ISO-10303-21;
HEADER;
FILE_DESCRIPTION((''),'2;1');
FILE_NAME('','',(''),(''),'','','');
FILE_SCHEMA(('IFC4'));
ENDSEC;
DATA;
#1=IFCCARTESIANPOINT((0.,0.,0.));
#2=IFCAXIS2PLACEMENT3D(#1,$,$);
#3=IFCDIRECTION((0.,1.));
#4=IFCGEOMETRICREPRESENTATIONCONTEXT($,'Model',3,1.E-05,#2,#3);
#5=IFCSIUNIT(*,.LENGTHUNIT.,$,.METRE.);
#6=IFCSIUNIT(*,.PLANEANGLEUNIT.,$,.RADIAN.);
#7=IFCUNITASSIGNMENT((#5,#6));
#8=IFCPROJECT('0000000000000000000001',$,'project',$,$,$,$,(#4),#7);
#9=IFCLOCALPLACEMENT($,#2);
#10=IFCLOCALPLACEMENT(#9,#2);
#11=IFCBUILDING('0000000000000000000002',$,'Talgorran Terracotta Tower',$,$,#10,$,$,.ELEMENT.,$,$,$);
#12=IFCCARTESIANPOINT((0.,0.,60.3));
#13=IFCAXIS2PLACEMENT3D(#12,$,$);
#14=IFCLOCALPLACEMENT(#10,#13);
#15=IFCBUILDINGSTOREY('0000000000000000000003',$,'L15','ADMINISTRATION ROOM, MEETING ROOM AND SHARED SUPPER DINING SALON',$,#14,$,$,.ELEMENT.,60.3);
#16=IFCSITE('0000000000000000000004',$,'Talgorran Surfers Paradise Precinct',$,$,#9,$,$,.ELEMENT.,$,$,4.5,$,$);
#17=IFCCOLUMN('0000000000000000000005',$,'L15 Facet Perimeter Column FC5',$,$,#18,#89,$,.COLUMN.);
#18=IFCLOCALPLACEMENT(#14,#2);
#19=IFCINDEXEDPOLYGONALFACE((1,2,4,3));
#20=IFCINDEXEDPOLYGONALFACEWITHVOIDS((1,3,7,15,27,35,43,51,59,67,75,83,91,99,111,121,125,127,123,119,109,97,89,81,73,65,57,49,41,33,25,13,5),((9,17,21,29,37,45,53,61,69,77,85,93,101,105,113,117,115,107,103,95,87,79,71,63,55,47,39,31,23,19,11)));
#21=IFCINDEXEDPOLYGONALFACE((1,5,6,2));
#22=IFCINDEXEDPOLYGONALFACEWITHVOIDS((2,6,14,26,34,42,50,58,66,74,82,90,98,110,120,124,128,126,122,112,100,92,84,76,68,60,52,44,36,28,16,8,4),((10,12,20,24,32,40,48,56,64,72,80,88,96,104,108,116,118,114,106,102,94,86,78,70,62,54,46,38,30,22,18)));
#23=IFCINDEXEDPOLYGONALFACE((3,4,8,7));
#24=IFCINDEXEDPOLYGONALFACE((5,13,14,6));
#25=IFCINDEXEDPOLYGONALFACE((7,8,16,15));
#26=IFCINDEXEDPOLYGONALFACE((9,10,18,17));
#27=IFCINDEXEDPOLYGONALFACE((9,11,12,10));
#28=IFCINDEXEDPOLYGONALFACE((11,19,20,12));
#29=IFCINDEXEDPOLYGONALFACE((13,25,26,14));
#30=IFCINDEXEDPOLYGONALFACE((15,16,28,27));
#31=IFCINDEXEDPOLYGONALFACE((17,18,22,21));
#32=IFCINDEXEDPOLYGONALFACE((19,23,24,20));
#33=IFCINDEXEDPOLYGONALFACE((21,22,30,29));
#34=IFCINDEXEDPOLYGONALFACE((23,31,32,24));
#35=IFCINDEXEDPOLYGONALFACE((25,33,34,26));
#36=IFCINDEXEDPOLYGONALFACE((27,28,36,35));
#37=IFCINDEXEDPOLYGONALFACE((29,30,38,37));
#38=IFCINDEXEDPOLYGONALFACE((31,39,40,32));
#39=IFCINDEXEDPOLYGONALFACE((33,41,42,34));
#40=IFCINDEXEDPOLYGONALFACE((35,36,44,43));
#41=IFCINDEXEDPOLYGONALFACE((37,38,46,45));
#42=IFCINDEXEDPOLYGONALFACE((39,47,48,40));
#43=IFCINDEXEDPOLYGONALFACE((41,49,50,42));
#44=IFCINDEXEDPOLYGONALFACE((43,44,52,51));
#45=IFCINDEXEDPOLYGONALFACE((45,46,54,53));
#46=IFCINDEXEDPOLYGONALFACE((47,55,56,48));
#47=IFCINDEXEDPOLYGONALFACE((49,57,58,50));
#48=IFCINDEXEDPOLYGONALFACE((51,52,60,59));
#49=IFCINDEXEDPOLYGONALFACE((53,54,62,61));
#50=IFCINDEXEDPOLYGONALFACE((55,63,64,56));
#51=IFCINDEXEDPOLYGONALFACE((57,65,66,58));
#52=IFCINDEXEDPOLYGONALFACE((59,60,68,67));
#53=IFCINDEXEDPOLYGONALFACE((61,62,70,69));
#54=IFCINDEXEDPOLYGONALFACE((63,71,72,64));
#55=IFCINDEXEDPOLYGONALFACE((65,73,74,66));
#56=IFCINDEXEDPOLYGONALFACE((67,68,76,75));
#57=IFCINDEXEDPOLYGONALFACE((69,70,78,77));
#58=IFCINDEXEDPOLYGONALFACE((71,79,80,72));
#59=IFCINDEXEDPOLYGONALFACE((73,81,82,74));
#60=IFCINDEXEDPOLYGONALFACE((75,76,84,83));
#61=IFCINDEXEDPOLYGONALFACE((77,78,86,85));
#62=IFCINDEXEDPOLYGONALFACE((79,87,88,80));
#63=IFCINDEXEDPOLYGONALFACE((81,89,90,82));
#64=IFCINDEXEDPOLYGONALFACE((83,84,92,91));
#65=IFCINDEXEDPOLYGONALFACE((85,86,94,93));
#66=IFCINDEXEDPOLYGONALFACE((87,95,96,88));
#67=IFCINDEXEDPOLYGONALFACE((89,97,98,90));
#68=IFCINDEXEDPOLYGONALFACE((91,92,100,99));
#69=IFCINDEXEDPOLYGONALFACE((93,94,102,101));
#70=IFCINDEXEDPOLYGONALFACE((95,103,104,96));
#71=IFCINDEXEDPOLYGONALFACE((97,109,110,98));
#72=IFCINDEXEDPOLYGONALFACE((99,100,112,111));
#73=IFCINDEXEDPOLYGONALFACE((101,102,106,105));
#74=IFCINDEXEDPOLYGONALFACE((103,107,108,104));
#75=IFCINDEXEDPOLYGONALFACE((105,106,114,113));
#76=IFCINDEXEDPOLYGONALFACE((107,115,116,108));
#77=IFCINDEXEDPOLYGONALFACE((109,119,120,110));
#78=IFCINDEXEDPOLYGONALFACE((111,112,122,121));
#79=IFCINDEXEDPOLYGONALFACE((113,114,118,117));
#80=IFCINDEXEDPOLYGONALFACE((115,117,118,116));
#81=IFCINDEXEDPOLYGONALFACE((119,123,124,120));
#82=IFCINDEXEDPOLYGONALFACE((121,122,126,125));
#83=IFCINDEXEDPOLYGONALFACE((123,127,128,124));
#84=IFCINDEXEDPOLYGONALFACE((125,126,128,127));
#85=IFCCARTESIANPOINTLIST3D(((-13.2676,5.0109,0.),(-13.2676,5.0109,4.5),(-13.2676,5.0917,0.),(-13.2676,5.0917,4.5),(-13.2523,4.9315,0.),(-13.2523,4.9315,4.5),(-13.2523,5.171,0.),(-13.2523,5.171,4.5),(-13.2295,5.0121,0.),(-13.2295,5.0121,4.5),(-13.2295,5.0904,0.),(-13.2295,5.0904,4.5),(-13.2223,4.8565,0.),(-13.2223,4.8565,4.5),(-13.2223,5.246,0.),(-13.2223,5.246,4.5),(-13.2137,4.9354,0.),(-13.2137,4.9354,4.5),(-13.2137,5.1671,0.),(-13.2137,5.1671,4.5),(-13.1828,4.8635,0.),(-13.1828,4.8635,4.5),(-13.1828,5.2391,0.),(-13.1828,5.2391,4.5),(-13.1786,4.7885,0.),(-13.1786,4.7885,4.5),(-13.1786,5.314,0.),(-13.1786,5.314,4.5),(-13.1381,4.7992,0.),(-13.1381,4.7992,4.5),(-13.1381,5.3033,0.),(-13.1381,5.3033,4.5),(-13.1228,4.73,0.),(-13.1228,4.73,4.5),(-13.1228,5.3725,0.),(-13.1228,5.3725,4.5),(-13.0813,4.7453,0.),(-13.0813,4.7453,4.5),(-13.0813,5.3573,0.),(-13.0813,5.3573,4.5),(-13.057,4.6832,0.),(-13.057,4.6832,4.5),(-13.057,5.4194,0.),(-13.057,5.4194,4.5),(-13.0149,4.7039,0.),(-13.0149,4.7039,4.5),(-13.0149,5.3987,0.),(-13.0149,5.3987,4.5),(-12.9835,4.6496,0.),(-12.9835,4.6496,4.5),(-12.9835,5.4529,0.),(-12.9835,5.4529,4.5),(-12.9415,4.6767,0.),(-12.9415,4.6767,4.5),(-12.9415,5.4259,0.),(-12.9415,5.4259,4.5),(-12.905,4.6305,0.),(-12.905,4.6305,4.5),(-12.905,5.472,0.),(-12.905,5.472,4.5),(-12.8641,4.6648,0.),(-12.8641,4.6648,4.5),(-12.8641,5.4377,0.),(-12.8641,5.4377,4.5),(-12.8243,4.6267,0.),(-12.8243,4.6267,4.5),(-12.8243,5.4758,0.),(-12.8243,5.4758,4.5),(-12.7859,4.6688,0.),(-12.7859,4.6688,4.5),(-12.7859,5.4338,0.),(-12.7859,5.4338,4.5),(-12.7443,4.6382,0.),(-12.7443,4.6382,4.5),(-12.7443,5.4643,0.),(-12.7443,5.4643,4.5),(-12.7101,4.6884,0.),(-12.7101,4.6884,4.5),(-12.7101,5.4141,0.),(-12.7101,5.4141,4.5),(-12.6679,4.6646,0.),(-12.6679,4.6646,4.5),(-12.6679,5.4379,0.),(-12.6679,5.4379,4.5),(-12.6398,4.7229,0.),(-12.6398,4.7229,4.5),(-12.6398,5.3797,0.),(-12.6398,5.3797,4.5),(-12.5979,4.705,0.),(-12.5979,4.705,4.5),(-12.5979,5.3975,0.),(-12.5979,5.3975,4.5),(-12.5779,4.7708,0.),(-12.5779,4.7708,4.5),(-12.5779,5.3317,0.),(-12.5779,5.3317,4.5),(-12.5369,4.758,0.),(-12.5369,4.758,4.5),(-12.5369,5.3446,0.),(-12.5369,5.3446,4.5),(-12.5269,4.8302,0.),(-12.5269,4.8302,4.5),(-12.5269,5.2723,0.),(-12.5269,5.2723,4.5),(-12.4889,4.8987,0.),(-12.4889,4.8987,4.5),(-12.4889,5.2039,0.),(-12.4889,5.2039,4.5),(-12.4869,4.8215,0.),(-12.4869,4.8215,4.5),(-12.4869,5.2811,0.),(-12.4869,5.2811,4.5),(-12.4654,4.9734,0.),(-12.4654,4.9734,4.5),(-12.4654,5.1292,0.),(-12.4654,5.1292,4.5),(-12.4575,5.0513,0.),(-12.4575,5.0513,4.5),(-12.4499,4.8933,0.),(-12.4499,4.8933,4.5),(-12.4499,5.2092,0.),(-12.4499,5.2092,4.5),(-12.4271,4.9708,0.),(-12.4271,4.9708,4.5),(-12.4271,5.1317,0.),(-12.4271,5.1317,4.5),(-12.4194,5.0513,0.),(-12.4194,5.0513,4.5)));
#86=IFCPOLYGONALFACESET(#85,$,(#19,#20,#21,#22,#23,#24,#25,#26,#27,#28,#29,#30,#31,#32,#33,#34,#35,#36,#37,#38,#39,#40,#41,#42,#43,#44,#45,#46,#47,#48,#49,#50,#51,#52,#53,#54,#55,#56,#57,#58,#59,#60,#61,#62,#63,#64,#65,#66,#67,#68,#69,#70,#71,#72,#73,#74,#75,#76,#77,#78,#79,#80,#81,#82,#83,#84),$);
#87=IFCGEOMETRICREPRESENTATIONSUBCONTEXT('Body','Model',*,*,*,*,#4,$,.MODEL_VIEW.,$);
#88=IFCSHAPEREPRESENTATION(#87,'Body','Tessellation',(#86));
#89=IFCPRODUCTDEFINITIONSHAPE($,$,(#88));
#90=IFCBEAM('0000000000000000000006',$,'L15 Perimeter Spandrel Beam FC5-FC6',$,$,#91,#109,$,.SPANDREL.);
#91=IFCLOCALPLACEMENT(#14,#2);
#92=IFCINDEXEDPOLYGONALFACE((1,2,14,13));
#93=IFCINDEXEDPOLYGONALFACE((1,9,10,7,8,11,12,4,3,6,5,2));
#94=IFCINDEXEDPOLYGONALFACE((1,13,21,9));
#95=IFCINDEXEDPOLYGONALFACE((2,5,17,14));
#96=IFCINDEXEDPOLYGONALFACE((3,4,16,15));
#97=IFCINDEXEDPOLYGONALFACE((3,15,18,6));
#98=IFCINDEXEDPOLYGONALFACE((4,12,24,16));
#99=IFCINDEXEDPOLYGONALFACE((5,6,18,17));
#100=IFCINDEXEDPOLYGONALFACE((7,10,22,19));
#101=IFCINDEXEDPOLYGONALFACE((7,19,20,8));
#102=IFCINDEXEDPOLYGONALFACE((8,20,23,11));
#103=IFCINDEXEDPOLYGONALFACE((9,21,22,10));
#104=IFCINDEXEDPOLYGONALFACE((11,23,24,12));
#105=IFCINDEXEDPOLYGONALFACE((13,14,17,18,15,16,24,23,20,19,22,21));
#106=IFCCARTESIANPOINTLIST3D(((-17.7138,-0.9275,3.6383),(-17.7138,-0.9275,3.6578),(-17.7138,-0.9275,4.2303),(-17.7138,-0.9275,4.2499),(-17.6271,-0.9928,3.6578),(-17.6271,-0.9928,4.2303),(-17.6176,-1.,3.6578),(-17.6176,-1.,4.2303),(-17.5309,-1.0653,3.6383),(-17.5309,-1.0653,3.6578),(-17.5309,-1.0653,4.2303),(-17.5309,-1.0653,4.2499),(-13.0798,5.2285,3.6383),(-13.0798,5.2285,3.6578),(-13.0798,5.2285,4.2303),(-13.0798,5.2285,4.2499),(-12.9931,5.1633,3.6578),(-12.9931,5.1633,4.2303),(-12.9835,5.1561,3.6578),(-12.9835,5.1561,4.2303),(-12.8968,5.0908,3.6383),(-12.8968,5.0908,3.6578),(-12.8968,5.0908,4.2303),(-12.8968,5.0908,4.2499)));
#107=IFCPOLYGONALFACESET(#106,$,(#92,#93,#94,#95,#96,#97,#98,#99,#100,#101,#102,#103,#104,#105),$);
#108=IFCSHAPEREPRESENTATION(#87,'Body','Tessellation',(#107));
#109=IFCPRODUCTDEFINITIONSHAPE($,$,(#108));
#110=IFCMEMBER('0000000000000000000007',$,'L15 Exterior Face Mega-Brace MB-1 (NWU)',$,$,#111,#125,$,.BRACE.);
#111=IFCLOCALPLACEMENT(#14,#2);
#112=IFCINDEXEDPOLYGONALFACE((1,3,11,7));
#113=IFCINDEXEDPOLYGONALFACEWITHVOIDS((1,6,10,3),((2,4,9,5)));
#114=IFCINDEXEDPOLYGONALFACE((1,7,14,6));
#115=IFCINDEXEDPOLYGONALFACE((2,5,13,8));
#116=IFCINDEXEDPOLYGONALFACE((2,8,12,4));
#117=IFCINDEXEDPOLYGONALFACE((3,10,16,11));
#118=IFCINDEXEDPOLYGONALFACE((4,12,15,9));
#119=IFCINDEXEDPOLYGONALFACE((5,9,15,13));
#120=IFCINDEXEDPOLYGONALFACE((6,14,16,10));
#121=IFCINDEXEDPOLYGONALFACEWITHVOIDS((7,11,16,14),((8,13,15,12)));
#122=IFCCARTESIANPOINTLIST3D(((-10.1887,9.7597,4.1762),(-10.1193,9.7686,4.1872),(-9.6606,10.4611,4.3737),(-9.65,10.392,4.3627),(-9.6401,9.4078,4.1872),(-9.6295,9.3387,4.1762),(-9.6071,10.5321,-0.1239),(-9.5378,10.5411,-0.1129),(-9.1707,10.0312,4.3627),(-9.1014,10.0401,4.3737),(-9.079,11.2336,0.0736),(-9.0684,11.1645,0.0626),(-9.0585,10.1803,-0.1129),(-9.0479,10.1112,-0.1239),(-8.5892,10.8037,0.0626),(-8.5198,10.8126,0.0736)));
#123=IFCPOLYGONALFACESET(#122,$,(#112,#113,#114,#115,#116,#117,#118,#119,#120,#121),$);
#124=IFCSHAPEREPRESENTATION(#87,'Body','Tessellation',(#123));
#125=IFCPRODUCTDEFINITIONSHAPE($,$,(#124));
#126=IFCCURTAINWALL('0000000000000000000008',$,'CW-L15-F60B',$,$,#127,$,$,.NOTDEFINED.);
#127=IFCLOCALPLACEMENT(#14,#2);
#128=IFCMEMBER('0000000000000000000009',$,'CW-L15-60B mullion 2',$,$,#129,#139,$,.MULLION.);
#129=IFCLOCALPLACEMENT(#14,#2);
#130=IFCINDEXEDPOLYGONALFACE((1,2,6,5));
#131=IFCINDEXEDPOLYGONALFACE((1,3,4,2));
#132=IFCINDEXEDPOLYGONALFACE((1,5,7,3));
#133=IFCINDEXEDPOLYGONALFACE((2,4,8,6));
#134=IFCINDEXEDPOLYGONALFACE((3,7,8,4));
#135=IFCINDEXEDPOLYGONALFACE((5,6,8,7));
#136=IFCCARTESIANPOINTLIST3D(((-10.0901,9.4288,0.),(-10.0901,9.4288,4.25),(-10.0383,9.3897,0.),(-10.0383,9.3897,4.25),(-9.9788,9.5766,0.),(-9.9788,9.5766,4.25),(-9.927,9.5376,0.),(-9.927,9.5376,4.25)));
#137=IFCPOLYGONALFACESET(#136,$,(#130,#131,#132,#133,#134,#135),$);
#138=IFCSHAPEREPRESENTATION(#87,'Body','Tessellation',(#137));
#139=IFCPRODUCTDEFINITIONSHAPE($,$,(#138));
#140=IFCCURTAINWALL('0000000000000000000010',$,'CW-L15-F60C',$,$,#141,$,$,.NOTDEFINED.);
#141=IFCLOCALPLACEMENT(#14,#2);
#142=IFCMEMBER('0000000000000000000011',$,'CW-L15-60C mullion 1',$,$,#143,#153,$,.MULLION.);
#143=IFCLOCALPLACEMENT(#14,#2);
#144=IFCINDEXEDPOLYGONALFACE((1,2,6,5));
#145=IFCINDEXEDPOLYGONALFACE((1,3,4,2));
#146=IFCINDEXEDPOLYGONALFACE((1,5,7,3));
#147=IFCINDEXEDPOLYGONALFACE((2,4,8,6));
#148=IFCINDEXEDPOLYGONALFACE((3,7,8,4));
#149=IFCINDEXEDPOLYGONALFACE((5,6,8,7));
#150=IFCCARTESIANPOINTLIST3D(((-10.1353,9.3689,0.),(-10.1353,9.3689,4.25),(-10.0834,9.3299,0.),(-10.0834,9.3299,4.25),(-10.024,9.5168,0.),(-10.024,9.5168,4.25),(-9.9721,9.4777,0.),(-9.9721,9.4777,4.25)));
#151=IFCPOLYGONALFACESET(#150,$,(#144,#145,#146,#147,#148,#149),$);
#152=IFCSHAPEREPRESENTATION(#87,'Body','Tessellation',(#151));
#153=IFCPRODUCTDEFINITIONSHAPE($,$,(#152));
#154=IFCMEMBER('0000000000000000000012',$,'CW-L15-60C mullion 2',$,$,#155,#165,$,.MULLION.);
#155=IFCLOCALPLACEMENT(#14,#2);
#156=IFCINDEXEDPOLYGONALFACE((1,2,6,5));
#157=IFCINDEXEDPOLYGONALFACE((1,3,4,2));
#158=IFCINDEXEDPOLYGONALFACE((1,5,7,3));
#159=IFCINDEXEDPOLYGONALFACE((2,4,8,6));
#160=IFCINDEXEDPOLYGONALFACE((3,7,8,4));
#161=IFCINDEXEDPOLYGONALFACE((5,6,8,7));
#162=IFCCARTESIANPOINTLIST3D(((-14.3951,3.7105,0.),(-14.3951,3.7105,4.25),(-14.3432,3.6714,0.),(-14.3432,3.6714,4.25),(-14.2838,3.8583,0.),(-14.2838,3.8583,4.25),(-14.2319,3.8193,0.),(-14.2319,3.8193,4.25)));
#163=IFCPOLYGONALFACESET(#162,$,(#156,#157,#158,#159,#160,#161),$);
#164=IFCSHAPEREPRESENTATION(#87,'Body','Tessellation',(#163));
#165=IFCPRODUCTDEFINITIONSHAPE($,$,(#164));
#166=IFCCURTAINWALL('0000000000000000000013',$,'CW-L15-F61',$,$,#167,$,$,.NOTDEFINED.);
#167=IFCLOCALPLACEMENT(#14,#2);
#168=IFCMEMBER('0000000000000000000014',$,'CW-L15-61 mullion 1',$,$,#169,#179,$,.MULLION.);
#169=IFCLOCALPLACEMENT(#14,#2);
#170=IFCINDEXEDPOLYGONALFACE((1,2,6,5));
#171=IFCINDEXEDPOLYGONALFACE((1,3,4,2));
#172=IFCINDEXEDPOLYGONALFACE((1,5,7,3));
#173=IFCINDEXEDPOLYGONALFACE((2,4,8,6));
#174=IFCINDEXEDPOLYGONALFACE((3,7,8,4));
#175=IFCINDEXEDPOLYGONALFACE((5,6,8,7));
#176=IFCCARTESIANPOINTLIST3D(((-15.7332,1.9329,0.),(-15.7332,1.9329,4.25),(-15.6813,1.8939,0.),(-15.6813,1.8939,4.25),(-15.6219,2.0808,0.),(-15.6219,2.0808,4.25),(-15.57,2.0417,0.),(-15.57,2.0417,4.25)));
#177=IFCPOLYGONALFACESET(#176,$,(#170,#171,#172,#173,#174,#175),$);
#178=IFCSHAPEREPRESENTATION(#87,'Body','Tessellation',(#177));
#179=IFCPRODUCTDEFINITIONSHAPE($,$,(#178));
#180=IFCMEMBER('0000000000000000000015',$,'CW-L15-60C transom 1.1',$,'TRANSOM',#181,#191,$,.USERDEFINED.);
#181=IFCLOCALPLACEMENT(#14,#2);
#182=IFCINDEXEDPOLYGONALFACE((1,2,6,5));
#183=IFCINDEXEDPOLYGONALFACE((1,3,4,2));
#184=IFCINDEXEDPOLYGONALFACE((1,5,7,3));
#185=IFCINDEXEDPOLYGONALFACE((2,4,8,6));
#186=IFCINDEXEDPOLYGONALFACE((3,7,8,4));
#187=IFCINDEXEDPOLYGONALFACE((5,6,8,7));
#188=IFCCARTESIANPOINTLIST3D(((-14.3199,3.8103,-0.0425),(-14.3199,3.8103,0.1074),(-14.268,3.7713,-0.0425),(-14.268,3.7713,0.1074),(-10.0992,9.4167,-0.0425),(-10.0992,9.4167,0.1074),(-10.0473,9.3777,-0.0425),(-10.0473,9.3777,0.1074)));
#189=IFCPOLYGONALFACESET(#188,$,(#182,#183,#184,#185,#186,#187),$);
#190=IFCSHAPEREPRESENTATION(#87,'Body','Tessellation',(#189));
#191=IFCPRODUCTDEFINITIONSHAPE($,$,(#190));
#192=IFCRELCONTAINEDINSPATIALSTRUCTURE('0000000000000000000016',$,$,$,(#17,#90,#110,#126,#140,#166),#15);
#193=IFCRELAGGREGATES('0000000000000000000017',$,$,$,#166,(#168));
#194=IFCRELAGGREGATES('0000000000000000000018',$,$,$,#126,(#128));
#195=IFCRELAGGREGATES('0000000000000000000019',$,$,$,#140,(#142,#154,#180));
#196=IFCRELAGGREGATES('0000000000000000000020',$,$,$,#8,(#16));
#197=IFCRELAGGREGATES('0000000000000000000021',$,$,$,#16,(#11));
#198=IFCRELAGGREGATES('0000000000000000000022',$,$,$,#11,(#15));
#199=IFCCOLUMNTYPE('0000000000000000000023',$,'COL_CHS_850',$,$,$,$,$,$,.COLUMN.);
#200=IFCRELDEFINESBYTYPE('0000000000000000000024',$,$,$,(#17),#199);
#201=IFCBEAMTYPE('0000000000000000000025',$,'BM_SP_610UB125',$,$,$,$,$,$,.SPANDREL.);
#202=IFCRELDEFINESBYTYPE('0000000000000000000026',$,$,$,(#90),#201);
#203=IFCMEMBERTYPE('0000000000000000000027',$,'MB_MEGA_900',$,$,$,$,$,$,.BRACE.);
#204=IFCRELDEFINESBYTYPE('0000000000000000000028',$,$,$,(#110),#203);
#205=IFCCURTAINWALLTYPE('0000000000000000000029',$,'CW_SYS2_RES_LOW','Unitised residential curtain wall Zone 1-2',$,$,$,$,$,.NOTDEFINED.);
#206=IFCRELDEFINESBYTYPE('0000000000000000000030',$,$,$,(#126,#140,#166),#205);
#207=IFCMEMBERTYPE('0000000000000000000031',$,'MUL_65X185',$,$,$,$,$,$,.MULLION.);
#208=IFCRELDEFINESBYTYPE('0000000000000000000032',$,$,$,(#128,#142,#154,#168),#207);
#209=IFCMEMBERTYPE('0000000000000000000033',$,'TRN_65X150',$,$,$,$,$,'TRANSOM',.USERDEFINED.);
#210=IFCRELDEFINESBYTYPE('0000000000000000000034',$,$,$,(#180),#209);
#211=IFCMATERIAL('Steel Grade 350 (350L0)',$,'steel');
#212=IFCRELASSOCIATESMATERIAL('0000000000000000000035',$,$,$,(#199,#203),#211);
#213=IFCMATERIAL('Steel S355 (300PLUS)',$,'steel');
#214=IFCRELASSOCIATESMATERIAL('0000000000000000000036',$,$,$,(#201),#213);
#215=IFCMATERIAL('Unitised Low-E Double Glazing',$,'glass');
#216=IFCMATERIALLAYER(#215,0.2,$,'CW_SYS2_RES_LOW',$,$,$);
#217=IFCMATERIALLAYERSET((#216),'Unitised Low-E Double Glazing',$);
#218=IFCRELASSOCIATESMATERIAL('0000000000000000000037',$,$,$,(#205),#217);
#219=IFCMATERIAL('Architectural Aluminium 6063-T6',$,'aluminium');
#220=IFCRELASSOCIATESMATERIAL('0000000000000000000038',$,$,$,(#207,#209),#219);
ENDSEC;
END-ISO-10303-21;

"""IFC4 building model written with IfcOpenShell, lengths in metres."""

from ifc_helpers import new_model, si_unit, direction, frame, origin, origin_2d, place, context, subcontext, project, spatial, rectangle, hollow_rectangle, hollow_circle, i_section, extrude, material, layer, layer_set, material_profile, profile_set, type_object, element, aggregate, save


model = new_model("IFC4")

# Units and contexts
model_context = context("Model", 3, precision=1e-05, world=origin(), true_north=direction((0.0, 1.0)))
body_context = subcontext(model_context, "Body", "Model", "MODEL_VIEW")
ifc_project = project(units=[si_unit("LENGTHUNIT", "METRE"), si_unit("PLANEANGLEUNIT", "RADIAN")], contexts=[model_context])

# Site, building, storey
site_placement = place(None, origin())
site = spatial("IfcSite", under=ifc_project, at=site_placement, Name="Talgorran Surfers Paradise Precinct", CompositionType="ELEMENT", RefElevation=4.5)
building_placement = place(site_placement, origin())
building = spatial("IfcBuilding", under=site, at=building_placement, Name="Talgorran Terracotta Tower", CompositionType="ELEMENT")
storey_placement = place(building_placement, frame((0.0, 0.0, 60.3)))
storey = spatial("IfcBuildingStorey", under=building, at=storey_placement, Name="L15", Description="ADMINISTRATION ROOM, MEETING ROOM AND SHARED SUPPER DINING SALON", CompositionType="ELEMENT", Elevation=60.3)

# Column
ifc_material_1 = material(Name="Steel Grade 350 (350L0)", Category="steel")
ifc_material_profile_1 = material_profile(ifc_material_1, hollow_circle(Radius=0.425, WallThickness=0.0381, at=origin_2d()), Name="CHS850X38")
ifc_profile_set_1 = profile_set([ifc_material_profile_1], Name="Steel Grade 350 (350L0)")
column_type = type_object("IfcColumnType", Name="COL_CHS_850", PredefinedType="COLUMN", material=ifc_profile_set_1)
column_placement = place(storey_placement, frame((-12.8445, 5.0513, 0.0), z_axis=(0.0, 0.0, 1.0), x_axis=(1.0, 0.0, 0.0)))
element("IfcColumn", 1, at=column_placement, inside=storey, type_object=column_type, Name="L15 Facet Perimeter Column FC5", PredefinedType="COLUMN", context=body_context, shape_type="SweptSolid", body=[
    extrude(hollow_circle(Radius=0.425, WallThickness=0.0381, at=origin_2d()), origin(), (0.0, 0.0, 1.0), 4.5),
])

# Beam
ifc_material_2 = material(Name="Steel S355 (300PLUS)", Category="steel")
ifc_material_profile_2 = material_profile(ifc_material_2, i_section(OverallWidth=0.229, OverallDepth=0.6116, WebThickness=0.012, FlangeThickness=0.0195, at=origin_2d()), Name="610UB125")
ifc_profile_set_2 = profile_set([ifc_material_profile_2], Name="Steel S355 (300PLUS)")
beam_type = type_object("IfcBeamType", Name="BM_SP_610UB125", PredefinedType="SPANDREL", material=ifc_profile_set_2)
beam_placement = place(storey_placement, frame((-12.9883, 5.1597, 3.9441), z_axis=(-0.601413, -0.798938, 0.0), x_axis=(0.798938, -0.601413, 0.0)))
element("IfcBeam", 2, at=beam_placement, inside=storey, type_object=beam_type, Name="L15 Perimeter Spandrel Beam FC5-FC6", PredefinedType="SPANDREL", context=body_context, shape_type="SweptSolid", body=[
    extrude(i_section(OverallWidth=0.229, OverallDepth=0.6116, WebThickness=0.012, FlangeThickness=0.0195, at=origin_2d()), origin(), (0.0, 0.0, 1.0), 7.7053),
])

# Member
ifc_material_profile_3 = material_profile(ifc_material_1, hollow_rectangle(XDim=0.7, YDim=0.8999, WallThickness=0.05, at=origin_2d()), Name="WBOX900X700X50")
ifc_profile_set_3 = profile_set([ifc_material_profile_3], Name="Steel Grade 350 (350L0)")
member_type_1 = type_object("IfcMemberType", Name="MB_MEGA_900", PredefinedType="BRACE", material=ifc_profile_set_3)
member_1_placement = place(storey_placement, frame((-9.0635, 10.6724, -0.0251), z_axis=(-0.131946, -0.175264, 0.97564), x_axis=(0.798908, -0.601453, 0.0)))
element("IfcMember", 3, at=member_1_placement, inside=storey, type_object=member_type_1, Name="L15 Exterior Face Mega-Brace MB-1 (NWU)", PredefinedType="BRACE", context=body_context, shape_type="SweptSolid", body=[
    extrude(hollow_rectangle(XDim=0.7, YDim=0.8999, WallThickness=0.05, at=origin_2d()), origin(), (0.0, 0.0, 1.0), 4.4075),
])

# Curtain wall, member
ifc_material_3 = material(Name="Unitised Low-E Double Glazing", Category="glass")
ifc_layer_1 = layer(ifc_material_3, 0.2, Name="CW_SYS2_RES_LOW")
ifc_layer_set_1 = layer_set([ifc_layer_1], Name="Unitised Low-E Double Glazing")
curtain_wall_type = type_object("IfcCurtainWallType", Name="CW_SYS2_RES_LOW", Description="Unitised residential curtain wall Zone 1-2", PredefinedType="NOTDEFINED", material=ifc_layer_set_1)
curtain_wall_1_placement = place(storey_placement, origin())
curtain_wall_1 = element("IfcCurtainWall", 4, at=curtain_wall_1_placement, inside=storey, type_object=curtain_wall_type, Name="CW-L15-F60B", PredefinedType="NOTDEFINED")
ifc_material_4 = material(Name="Architectural Aluminium 6063-T6", Category="aluminium")
ifc_material_profile_4 = material_profile(ifc_material_4, rectangle(XDim=0.0649, YDim=0.1851, at=origin_2d()), Name="CWM65X185")
ifc_profile_set_4 = profile_set([ifc_material_profile_4], Name="Architectural Aluminium 6063-T6")
member_type_2 = type_object("IfcMemberType", Name="MUL_65X185", PredefinedType="MULLION", material=ifc_profile_set_4)
member_2_placement = place(storey_placement, frame((-10.0085, 9.4832, 0.0), z_axis=(0.0, 0.0, 1.0), x_axis=(0.798931, -0.601423, 0.0)))
member_2 = element("IfcMember", 5, at=member_2_placement, type_object=member_type_2, Name="CW-L15-60B mullion 2", PredefinedType="MULLION", context=body_context, shape_type="SweptSolid", body=[
    extrude(rectangle(XDim=0.0649, YDim=0.1851, at=origin_2d()), origin(), (0.0, 0.0, 1.0), 4.25),
])

# Curtain wall, members
curtain_wall_2_placement = place(storey_placement, origin())
curtain_wall_2 = element("IfcCurtainWall", 6, at=curtain_wall_2_placement, inside=storey, type_object=curtain_wall_type, Name="CW-L15-F60C", PredefinedType="NOTDEFINED")
member_3_placement = place(storey_placement, frame((-10.0537, 9.4233, 0.0), z_axis=(0.0, 0.0, 1.0), x_axis=(0.798919, -0.601438, 0.0)))
member_3 = element("IfcMember", 7, at=member_3_placement, type_object=member_type_2, Name="CW-L15-60C mullion 1", PredefinedType="MULLION", context=body_context, shape_type="SweptSolid", body=[
    extrude(rectangle(XDim=0.0649, YDim=0.1851, at=origin_2d()), origin(), (0.0, 0.0, 1.0), 4.25),
])
member_4_placement = place(storey_placement, frame((-14.3135, 3.7649, 0.0), z_axis=(0.0, 0.0, 1.0), x_axis=(0.798919, -0.601438, 0.0)))
member_4 = element("IfcMember", 8, at=member_4_placement, type_object=member_type_2, Name="CW-L15-60C mullion 2", PredefinedType="MULLION", context=body_context, shape_type="SweptSolid", body=[
    extrude(rectangle(XDim=0.0649, YDim=0.1851, at=origin_2d()), origin(), (0.0, 0.0, 1.0), 4.25),
])

# Curtain wall, member
curtain_wall_3_placement = place(storey_placement, origin())
curtain_wall_3 = element("IfcCurtainWall", 9, at=curtain_wall_3_placement, inside=storey, type_object=curtain_wall_type, Name="CW-L15-F61", PredefinedType="NOTDEFINED")
member_5_placement = place(storey_placement, frame((-15.6516, 1.9873, 0.0), z_axis=(0.0, 0.0, 1.0), x_axis=(0.798918, -0.60144, 0.0)))
member_5 = element("IfcMember", 10, at=member_5_placement, type_object=member_type_2, Name="CW-L15-61 mullion 1", PredefinedType="MULLION", context=body_context, shape_type="SweptSolid", body=[
    extrude(rectangle(XDim=0.0649, YDim=0.1851, at=origin_2d()), origin(), (0.0, 0.0, 1.0), 4.25),
])

# Member
ifc_material_profile_5 = material_profile(ifc_material_4, rectangle(XDim=0.0649, YDim=0.1499, at=origin_2d()), Name="CWT65X150")
ifc_profile_set_5 = profile_set([ifc_material_profile_5], Name="Architectural Aluminium 6063-T6")
member_type_3 = type_object("IfcMemberType", Name="TRN_65X150", ElementType="TRANSOM", PredefinedType="USERDEFINED", material=ifc_profile_set_5)
member_6_placement = place(storey_placement, frame((-10.0732, 9.3972, 0.0325), z_axis=(-0.601446, -0.798913, 0.0), x_axis=(0.798913, -0.601446, 0.0)))
member_6 = element("IfcMember", 11, at=member_6_placement, type_object=member_type_3, Name="CW-L15-60C transom 1.1", ObjectType="TRANSOM", PredefinedType="USERDEFINED", context=body_context, shape_type="SweptSolid", body=[
    extrude(rectangle(XDim=0.0649, YDim=0.1499, at=origin_2d()), origin(), (0.0, 0.0, 1.0), 7.0176),
])
aggregate(curtain_wall_3, [member_5])

aggregate(curtain_wall_1, [member_2])
aggregate(curtain_wall_2, [member_3, member_4, member_6])

save(model, "model.ifc")
